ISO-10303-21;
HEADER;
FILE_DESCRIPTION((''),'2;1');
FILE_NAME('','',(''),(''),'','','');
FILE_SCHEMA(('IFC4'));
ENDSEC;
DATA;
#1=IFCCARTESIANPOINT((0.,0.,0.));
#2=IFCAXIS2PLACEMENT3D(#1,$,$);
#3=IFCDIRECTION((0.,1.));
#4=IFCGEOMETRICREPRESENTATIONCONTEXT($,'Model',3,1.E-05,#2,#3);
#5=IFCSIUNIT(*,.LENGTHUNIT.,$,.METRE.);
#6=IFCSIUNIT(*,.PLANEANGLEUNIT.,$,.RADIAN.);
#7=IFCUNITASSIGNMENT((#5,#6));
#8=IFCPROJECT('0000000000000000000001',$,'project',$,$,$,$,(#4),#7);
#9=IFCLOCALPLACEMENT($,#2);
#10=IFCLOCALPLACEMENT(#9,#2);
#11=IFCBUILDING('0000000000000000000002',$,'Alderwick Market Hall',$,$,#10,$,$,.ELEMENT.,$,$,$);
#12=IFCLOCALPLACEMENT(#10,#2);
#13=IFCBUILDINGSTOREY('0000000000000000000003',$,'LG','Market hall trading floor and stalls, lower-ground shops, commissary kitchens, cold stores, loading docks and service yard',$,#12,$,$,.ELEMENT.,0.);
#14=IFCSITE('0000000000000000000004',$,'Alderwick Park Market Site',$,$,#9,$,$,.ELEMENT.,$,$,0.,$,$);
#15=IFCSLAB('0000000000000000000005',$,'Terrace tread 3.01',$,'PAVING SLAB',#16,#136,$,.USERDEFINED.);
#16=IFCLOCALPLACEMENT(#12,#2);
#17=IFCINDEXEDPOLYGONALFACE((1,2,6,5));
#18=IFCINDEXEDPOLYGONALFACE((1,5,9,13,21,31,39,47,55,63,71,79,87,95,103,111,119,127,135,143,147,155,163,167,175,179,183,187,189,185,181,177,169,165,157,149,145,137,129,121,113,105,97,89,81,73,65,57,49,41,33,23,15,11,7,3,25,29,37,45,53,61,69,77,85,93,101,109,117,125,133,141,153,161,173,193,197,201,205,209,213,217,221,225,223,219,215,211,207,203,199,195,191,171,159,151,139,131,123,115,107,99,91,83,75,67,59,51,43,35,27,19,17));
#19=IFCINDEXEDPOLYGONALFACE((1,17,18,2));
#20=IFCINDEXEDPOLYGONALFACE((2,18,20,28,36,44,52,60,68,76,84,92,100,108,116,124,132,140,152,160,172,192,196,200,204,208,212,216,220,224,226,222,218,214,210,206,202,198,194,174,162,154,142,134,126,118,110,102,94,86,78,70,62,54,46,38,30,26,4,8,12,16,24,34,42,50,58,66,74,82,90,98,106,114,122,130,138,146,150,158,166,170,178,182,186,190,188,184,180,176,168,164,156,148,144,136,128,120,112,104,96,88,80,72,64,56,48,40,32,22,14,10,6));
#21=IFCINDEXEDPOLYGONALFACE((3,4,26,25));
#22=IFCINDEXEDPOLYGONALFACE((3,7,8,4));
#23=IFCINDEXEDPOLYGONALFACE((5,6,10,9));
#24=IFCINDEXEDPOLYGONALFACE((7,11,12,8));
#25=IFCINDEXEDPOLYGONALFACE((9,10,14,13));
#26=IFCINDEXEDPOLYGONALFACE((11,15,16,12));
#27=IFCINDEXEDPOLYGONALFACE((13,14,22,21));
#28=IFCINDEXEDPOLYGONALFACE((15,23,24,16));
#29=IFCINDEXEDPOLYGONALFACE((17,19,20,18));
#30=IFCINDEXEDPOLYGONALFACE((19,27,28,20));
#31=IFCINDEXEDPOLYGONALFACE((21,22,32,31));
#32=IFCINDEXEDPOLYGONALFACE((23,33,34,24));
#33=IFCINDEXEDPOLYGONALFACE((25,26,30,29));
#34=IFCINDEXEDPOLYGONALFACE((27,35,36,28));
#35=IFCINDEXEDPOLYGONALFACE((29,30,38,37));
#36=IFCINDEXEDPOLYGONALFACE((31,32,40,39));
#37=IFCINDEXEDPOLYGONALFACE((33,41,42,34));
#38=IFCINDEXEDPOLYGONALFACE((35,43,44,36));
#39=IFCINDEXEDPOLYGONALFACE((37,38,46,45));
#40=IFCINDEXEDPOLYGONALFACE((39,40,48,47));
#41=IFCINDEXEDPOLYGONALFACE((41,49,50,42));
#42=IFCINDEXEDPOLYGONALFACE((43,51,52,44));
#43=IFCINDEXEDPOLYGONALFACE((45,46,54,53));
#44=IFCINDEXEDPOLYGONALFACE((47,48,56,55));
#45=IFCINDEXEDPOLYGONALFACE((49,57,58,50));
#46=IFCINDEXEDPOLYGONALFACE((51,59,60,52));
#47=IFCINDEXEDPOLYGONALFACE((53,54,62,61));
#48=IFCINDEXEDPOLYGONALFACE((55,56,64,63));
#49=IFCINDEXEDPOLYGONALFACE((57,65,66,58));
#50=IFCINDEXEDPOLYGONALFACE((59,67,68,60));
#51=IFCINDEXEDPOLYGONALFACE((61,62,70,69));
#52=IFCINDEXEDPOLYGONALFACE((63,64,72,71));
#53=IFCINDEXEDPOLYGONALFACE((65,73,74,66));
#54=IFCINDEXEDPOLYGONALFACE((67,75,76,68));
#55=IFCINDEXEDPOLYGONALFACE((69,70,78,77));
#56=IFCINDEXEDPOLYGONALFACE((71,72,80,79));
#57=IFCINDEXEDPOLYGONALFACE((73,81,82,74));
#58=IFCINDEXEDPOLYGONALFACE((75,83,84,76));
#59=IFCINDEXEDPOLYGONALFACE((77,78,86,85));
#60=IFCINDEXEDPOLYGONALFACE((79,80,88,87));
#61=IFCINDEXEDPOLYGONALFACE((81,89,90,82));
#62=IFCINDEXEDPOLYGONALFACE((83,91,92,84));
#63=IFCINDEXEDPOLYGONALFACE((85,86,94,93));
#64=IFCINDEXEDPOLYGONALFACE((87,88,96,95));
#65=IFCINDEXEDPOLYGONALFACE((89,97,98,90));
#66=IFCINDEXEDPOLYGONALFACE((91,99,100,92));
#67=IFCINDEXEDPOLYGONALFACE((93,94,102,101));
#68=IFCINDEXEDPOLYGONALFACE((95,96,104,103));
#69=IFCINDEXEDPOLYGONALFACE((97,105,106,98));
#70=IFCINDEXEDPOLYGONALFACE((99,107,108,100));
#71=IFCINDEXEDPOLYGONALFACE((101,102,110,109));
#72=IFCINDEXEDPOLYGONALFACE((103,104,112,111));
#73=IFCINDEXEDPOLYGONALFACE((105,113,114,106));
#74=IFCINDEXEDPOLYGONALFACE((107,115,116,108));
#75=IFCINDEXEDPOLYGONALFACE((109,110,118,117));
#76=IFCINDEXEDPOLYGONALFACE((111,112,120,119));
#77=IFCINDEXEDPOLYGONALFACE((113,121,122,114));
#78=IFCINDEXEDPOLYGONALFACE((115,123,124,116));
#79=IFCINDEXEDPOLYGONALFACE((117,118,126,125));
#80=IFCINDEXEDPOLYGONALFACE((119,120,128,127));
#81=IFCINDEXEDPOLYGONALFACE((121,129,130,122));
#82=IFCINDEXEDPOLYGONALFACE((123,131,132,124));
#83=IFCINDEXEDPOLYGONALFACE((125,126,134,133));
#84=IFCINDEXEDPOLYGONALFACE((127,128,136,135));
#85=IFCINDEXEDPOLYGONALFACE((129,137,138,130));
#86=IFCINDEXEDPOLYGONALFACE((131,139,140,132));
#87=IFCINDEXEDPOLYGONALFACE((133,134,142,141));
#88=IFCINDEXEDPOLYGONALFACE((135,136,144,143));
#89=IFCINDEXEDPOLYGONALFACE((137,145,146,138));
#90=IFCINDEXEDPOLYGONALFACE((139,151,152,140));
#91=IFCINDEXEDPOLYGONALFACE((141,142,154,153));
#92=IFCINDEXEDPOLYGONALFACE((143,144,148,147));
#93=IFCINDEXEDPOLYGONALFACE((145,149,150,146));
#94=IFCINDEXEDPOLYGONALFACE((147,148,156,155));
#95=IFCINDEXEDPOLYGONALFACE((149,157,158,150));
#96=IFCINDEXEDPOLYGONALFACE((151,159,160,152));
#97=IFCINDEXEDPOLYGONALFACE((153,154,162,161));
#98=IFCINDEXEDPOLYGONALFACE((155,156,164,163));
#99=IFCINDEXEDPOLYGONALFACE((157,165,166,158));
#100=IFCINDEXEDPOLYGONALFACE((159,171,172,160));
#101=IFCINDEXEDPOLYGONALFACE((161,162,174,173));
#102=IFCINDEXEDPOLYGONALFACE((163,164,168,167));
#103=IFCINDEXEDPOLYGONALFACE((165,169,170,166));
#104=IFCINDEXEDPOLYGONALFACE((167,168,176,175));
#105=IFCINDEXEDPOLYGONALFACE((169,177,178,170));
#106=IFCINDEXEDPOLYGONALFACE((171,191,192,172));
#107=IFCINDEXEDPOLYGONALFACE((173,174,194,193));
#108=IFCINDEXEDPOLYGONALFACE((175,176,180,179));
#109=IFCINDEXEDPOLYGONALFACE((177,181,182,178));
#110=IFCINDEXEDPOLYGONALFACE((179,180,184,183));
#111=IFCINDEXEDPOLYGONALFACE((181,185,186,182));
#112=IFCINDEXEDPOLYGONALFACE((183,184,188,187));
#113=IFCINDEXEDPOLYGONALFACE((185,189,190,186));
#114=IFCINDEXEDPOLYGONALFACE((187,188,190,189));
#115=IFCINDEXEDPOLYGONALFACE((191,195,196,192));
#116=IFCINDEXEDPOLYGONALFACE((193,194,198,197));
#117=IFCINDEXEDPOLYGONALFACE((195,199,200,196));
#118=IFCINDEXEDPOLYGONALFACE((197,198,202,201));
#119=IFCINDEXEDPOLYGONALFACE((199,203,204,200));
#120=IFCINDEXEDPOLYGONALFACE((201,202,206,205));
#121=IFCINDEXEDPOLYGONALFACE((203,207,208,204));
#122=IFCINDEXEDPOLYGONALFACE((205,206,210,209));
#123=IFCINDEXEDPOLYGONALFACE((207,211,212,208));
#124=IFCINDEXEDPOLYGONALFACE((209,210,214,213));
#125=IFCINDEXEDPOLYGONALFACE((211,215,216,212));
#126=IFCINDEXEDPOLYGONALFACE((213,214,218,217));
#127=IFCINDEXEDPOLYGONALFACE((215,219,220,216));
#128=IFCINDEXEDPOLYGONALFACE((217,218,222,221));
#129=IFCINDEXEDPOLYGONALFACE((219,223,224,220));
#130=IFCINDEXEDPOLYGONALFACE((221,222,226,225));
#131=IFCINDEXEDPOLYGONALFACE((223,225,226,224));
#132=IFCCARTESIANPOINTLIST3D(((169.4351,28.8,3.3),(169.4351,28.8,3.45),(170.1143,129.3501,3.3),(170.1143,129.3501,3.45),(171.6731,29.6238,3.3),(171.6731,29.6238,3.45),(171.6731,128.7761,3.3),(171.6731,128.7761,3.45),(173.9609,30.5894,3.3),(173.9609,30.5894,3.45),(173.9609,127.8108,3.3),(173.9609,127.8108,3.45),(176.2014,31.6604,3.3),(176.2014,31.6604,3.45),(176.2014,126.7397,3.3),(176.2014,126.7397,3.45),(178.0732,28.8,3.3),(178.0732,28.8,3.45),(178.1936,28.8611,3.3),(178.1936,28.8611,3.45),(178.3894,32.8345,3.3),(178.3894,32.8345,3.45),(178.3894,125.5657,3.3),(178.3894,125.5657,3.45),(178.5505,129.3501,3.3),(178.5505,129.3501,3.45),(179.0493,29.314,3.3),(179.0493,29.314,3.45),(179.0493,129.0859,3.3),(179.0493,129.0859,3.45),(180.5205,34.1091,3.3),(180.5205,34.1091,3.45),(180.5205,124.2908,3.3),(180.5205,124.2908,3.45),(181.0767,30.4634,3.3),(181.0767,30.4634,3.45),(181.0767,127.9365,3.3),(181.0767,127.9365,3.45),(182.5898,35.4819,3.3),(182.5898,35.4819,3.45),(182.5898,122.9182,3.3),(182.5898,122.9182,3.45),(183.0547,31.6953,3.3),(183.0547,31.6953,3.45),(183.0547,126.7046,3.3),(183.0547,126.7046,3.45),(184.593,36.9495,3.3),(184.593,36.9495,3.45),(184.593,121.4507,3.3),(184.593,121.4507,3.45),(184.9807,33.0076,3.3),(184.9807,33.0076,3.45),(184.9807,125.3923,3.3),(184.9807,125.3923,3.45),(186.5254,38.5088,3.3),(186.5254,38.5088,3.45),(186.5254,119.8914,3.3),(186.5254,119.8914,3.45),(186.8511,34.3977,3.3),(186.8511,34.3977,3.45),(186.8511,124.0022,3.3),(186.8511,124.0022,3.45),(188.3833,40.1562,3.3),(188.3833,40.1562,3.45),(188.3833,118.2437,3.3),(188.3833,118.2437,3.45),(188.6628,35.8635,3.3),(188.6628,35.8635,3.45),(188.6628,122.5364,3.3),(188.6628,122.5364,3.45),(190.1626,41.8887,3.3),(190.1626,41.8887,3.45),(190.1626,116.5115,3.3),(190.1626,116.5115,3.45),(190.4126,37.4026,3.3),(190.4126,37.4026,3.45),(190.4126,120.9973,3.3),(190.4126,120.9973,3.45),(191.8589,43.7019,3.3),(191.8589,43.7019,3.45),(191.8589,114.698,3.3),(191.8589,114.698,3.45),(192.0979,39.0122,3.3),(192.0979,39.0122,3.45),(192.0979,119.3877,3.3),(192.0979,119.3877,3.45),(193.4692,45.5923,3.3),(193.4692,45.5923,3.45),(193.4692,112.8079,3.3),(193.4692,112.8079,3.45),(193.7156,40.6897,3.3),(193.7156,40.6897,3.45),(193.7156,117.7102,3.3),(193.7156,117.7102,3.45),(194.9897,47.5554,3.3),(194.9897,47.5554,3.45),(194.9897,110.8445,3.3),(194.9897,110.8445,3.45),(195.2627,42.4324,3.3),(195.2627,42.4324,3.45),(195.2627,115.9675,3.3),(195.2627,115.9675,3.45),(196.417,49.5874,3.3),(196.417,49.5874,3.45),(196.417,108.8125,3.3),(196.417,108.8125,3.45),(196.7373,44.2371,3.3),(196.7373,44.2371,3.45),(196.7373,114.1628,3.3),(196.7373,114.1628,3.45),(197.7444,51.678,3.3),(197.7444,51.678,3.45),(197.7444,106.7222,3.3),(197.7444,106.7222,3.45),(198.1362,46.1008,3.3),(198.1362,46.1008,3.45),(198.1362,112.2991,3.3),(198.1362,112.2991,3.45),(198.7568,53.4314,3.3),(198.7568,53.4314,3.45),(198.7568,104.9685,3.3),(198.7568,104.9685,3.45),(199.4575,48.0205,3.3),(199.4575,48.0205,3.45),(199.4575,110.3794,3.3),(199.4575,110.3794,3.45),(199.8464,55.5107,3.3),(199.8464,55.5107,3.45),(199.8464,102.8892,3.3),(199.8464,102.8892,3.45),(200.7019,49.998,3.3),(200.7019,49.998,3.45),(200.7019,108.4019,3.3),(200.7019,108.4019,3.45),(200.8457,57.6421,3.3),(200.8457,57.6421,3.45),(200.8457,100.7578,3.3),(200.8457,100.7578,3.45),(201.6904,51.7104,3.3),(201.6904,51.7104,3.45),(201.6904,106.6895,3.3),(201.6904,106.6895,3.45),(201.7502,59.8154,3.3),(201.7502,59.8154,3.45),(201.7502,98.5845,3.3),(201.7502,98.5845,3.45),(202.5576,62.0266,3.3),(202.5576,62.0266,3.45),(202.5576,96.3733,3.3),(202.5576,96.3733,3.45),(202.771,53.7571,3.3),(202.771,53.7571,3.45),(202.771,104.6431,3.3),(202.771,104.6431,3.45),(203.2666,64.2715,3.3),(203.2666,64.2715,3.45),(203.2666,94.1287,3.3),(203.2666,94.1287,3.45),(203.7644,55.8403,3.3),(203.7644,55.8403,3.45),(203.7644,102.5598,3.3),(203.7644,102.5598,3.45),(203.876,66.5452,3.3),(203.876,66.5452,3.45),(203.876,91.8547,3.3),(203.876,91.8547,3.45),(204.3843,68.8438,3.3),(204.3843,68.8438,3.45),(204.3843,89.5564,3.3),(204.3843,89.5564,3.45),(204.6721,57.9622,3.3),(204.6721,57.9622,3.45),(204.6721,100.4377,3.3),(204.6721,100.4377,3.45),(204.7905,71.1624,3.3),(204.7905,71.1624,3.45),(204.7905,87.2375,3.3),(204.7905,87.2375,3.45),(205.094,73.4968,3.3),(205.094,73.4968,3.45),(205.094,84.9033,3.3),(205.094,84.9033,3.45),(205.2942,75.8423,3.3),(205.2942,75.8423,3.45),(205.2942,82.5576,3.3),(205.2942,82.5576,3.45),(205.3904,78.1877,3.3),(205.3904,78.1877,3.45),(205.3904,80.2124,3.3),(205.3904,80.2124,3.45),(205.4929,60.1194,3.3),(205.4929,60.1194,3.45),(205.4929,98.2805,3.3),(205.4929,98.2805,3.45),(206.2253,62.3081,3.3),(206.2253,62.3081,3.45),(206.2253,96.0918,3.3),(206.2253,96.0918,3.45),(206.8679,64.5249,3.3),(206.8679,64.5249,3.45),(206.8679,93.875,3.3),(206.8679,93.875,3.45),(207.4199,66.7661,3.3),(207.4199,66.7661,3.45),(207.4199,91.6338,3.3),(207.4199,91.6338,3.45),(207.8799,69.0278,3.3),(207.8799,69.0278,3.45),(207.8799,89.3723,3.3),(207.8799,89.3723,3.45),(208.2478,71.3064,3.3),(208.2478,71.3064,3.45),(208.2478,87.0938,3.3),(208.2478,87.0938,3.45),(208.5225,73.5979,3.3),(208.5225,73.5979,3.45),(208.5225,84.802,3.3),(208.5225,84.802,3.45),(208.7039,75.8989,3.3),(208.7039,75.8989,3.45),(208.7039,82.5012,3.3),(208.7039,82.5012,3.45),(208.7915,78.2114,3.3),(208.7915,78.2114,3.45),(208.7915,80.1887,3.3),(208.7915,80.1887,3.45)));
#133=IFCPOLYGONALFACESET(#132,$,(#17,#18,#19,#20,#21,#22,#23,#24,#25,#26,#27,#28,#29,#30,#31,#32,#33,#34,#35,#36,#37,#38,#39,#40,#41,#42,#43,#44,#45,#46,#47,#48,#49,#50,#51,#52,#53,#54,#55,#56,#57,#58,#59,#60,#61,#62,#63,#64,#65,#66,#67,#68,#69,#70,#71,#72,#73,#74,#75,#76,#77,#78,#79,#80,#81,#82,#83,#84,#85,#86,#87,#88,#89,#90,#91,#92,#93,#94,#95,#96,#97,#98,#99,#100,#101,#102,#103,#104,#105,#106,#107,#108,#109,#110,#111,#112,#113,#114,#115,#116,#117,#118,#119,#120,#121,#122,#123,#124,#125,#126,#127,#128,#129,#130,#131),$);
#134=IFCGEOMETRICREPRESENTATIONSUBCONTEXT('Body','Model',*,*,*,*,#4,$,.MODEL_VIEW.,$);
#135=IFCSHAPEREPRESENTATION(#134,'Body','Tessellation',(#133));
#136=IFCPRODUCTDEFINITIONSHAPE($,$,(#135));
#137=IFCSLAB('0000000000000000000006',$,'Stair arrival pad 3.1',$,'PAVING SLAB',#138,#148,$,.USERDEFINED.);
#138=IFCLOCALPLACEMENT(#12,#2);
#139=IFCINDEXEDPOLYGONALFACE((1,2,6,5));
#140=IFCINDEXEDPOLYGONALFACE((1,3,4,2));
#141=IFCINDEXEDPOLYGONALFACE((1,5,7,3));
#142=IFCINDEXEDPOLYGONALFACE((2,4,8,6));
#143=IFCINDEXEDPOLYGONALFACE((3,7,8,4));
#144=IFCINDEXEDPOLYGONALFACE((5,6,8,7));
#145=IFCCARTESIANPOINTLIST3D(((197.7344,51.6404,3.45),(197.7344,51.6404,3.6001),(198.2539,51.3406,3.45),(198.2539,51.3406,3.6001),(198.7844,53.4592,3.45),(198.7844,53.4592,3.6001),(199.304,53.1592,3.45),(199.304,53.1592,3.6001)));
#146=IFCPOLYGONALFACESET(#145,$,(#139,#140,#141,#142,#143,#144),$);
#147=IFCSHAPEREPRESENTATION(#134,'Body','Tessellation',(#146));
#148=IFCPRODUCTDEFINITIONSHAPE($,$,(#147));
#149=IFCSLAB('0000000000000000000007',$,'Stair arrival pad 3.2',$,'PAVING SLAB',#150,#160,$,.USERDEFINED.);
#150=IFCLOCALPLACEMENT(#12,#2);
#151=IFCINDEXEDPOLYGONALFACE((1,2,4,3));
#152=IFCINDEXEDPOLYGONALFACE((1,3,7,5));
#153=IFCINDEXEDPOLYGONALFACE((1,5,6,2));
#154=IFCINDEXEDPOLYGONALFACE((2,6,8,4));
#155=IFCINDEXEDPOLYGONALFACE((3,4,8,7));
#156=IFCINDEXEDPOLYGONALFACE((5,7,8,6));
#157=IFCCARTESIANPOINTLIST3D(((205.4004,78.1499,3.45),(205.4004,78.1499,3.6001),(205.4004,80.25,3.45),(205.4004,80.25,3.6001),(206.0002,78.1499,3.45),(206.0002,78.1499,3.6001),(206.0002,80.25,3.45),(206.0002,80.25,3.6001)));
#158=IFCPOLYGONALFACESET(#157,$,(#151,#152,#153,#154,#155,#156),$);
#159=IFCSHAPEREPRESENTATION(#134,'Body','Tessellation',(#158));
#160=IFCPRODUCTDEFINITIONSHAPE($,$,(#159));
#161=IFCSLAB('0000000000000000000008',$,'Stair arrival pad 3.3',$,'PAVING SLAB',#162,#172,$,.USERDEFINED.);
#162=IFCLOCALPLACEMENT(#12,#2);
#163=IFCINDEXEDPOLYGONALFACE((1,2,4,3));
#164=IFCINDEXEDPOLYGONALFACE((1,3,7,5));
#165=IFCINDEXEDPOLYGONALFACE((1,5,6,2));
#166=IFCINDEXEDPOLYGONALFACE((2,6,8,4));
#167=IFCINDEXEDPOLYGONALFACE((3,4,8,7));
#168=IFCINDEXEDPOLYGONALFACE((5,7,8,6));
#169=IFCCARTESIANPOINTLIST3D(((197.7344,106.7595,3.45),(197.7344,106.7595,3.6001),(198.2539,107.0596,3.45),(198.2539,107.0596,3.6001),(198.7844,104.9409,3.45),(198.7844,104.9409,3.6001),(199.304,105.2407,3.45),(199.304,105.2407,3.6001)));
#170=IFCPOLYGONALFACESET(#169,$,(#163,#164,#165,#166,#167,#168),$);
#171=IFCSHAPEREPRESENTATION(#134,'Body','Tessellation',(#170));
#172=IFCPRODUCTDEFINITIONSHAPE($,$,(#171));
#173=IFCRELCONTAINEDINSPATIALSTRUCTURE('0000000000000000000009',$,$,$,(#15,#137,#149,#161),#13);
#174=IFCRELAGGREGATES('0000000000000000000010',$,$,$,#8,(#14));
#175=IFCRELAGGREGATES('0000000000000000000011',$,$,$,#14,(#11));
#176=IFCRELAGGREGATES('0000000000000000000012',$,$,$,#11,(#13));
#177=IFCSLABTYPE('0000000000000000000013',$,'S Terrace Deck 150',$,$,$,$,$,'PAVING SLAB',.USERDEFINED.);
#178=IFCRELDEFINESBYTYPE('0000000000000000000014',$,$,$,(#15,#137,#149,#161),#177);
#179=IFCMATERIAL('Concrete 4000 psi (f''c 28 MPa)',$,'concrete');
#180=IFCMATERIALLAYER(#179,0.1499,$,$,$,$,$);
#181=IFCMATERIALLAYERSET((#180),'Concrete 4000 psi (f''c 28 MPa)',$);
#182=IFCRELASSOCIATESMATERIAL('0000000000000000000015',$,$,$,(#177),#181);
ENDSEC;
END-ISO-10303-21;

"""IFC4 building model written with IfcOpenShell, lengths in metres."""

from ifc_helpers import new_model, si_unit, direction, frame, origin, place, context, subcontext, project, spatial, polyline, outline, extrude, material, layer, layer_set, type_object, element, save


model = new_model("IFC4")

# Units and contexts
model_context = context("Model", 3, precision=1e-05, world=origin(), true_north=direction((0.0, 1.0)))
body_context = subcontext(model_context, "Body", "Model", "MODEL_VIEW")
ifc_project = project(units=[si_unit("LENGTHUNIT", "METRE"), si_unit("PLANEANGLEUNIT", "RADIAN")], contexts=[model_context])

# Site, building, storey
site_placement = place(None, origin())
site = spatial("IfcSite", under=ifc_project, at=site_placement, Name="Alderwick Park Market Site", CompositionType="ELEMENT", RefElevation=0.0)
building_placement = place(site_placement, origin())
building = spatial("IfcBuilding", under=site, at=building_placement, Name="Alderwick Market Hall", CompositionType="ELEMENT")
storey_placement = place(building_placement, origin())
storey = spatial("IfcBuildingStorey", under=building, at=storey_placement, Name="LG", Description="Market hall trading floor and stalls, lower-ground shops, commissary kitchens, cold stores, loading docks and service yard", CompositionType="ELEMENT", Elevation=0.0)

# Shared definitions
ifc_material_1 = material(Name="Concrete 4000 psi (f'c 28 MPa)", Category="concrete")

# Slabs
ifc_layer_1 = layer(ifc_material_1, 0.1499)
ifc_layer_set_1 = layer_set([ifc_layer_1], Name="Concrete 4000 psi (f'c 28 MPa)")
slab_type_1 = type_object("IfcSlabType", Name="S Terrace Deck 150", ElementType="PAVING SLAB", PredefinedType="USERDEFINED", material=ifc_layer_set_1)
slab_1_placement = place(storey_placement, frame((0.0, 0.0, 3.3)))
element("IfcSlab", 1, at=slab_1_placement, inside=storey, type_object=slab_type_1, Name="Terrace tread 3.01", ObjectType="PAVING SLAB", PredefinedType="USERDEFINED", context=body_context, shape_type="SweptSolid", body=[
    extrude(outline(polyline([(171.6731, 29.6238), (169.4351, 28.8), (178.0732, 28.8), (178.1936, 28.8611), (179.0493, 29.314), (181.0767, 30.4634), (183.0547, 31.6953), (184.9807, 33.0076), (186.8511, 34.3977), (188.6628, 35.8635), (190.4126, 37.4026), (192.0979, 39.0122), (193.7156, 40.6897), (195.2627, 42.4324), (196.7373, 44.2371), (198.1362, 46.1008), (199.4575, 48.0205), (200.7019, 49.998), (201.6904, 51.7104), (202.771, 53.7571), (203.7644, 55.8403), (204.6721, 57.9622), (205.4929, 60.1194), (206.2253, 62.3081), (206.8679, 64.5249), (207.4199, 66.7661), (207.8799, 69.0278), (208.2478, 71.3064), (208.5225, 73.5979), (208.7039, 75.8989), (208.7915, 78.2114), (208.7915, 80.1887), (208.7039, 82.5012), (208.5225, 84.802), (208.2478, 87.0938), (207.8799, 89.3723), (207.4199, 91.6338), (206.8679, 93.875), (206.2253, 96.0918), (205.4929, 98.2805), (204.6721, 100.4377), (203.7644, 102.5598), (202.771, 104.6431), (201.6904, 106.6895), (200.7019, 108.4019), (199.4575, 110.3794), (198.1362, 112.2991), (196.7373, 114.1628), (195.2627, 115.9675), (193.7156, 117.7102), (192.0979, 119.3877), (190.4126, 120.9973), (188.6628, 122.5364), (186.8511, 124.0022), (184.9807, 125.3923), (183.0547, 126.7046), (181.0767, 127.9365), (179.0493, 129.0859), (178.5505, 129.3501), (170.1143, 129.3501), (171.6731, 128.7761), (173.9609, 127.8108), (176.2014, 126.7397), (178.3894, 125.5657), (180.5205, 124.2908), (182.5898, 122.9182), (184.593, 121.4507), (186.5254, 119.8914), (188.3833, 118.2437), (190.1626, 116.5115), (191.8589, 114.698), (193.4692, 112.8079), (194.9897, 110.8445), (196.417, 108.8125), (197.7444, 106.7222), (198.7568, 104.9685), (199.8464, 102.8892), (200.8457, 100.7578), (201.7502, 98.5845), (202.5576, 96.3733), (203.2666, 94.1287), (203.876, 91.8547), (204.3843, 89.5564), (204.7905, 87.2375), (205.094, 84.9033), (205.2942, 82.5576), (205.3904, 80.2124), (205.3904, 78.1877), (205.2942, 75.8423), (205.094, 73.4968), (204.7905, 71.1624), (204.3843, 68.8438), (203.876, 66.5452), (203.2666, 64.2715), (202.5576, 62.0266), (201.7502, 59.8154), (200.8457, 57.6421), (199.8464, 55.5107), (198.7568, 53.4314), (197.7444, 51.678), (196.417, 49.5874), (194.9897, 47.5554), (193.4692, 45.5923), (191.8589, 43.7019), (190.1626, 41.8887), (188.3833, 40.1562), (186.5254, 38.5088), (184.593, 36.9495), (182.5898, 35.4819), (180.5205, 34.1091), (178.3894, 32.8345), (176.2014, 31.6604), (173.9609, 30.5894), (171.6731, 29.6238)])), origin(), (0.0, 0.0, 1.0), 0.1499),
])
slab_2_placement = place(storey_placement, frame((0.0, 0.0, 3.45)))
element("IfcSlab", 2, at=slab_2_placement, inside=storey, type_object=slab_type_1, Name="Stair arrival pad 3.1", ObjectType="PAVING SLAB", PredefinedType="USERDEFINED", context=body_context, shape_type="SweptSolid", body=[
    extrude(outline(polyline([(198.7844, 53.4592), (197.7344, 51.6404), (198.2539, 51.3406), (199.304, 53.1592), (198.7844, 53.4592)])), origin(), (0.0, 0.0, 1.0), 0.1501),
])
slab_3_placement = place(storey_placement, frame((0.0, 0.0, 3.45)))
element("IfcSlab", 3, at=slab_3_placement, inside=storey, type_object=slab_type_1, Name="Stair arrival pad 3.2", ObjectType="PAVING SLAB", PredefinedType="USERDEFINED", context=body_context, shape_type="SweptSolid", body=[
    extrude(outline(polyline([(205.4004, 80.25), (205.4004, 78.1499), (206.0002, 78.1499), (206.0002, 80.25), (205.4004, 80.25)])), origin(), (0.0, 0.0, 1.0), 0.1501),
])
slab_4_placement = place(storey_placement, frame((0.0, 0.0, 3.45)))
element("IfcSlab", 4, at=slab_4_placement, inside=storey, type_object=slab_type_1, Name="Stair arrival pad 3.3", ObjectType="PAVING SLAB", PredefinedType="USERDEFINED", context=body_context, shape_type="SweptSolid", body=[
    extrude(outline(polyline([(197.7344, 106.7595), (198.7844, 104.9409), (199.304, 105.2407), (198.2539, 107.0596), (197.7344, 106.7595)])), origin(), (0.0, 0.0, 1.0), 0.1501),
])

save(model, "model.ifc")
